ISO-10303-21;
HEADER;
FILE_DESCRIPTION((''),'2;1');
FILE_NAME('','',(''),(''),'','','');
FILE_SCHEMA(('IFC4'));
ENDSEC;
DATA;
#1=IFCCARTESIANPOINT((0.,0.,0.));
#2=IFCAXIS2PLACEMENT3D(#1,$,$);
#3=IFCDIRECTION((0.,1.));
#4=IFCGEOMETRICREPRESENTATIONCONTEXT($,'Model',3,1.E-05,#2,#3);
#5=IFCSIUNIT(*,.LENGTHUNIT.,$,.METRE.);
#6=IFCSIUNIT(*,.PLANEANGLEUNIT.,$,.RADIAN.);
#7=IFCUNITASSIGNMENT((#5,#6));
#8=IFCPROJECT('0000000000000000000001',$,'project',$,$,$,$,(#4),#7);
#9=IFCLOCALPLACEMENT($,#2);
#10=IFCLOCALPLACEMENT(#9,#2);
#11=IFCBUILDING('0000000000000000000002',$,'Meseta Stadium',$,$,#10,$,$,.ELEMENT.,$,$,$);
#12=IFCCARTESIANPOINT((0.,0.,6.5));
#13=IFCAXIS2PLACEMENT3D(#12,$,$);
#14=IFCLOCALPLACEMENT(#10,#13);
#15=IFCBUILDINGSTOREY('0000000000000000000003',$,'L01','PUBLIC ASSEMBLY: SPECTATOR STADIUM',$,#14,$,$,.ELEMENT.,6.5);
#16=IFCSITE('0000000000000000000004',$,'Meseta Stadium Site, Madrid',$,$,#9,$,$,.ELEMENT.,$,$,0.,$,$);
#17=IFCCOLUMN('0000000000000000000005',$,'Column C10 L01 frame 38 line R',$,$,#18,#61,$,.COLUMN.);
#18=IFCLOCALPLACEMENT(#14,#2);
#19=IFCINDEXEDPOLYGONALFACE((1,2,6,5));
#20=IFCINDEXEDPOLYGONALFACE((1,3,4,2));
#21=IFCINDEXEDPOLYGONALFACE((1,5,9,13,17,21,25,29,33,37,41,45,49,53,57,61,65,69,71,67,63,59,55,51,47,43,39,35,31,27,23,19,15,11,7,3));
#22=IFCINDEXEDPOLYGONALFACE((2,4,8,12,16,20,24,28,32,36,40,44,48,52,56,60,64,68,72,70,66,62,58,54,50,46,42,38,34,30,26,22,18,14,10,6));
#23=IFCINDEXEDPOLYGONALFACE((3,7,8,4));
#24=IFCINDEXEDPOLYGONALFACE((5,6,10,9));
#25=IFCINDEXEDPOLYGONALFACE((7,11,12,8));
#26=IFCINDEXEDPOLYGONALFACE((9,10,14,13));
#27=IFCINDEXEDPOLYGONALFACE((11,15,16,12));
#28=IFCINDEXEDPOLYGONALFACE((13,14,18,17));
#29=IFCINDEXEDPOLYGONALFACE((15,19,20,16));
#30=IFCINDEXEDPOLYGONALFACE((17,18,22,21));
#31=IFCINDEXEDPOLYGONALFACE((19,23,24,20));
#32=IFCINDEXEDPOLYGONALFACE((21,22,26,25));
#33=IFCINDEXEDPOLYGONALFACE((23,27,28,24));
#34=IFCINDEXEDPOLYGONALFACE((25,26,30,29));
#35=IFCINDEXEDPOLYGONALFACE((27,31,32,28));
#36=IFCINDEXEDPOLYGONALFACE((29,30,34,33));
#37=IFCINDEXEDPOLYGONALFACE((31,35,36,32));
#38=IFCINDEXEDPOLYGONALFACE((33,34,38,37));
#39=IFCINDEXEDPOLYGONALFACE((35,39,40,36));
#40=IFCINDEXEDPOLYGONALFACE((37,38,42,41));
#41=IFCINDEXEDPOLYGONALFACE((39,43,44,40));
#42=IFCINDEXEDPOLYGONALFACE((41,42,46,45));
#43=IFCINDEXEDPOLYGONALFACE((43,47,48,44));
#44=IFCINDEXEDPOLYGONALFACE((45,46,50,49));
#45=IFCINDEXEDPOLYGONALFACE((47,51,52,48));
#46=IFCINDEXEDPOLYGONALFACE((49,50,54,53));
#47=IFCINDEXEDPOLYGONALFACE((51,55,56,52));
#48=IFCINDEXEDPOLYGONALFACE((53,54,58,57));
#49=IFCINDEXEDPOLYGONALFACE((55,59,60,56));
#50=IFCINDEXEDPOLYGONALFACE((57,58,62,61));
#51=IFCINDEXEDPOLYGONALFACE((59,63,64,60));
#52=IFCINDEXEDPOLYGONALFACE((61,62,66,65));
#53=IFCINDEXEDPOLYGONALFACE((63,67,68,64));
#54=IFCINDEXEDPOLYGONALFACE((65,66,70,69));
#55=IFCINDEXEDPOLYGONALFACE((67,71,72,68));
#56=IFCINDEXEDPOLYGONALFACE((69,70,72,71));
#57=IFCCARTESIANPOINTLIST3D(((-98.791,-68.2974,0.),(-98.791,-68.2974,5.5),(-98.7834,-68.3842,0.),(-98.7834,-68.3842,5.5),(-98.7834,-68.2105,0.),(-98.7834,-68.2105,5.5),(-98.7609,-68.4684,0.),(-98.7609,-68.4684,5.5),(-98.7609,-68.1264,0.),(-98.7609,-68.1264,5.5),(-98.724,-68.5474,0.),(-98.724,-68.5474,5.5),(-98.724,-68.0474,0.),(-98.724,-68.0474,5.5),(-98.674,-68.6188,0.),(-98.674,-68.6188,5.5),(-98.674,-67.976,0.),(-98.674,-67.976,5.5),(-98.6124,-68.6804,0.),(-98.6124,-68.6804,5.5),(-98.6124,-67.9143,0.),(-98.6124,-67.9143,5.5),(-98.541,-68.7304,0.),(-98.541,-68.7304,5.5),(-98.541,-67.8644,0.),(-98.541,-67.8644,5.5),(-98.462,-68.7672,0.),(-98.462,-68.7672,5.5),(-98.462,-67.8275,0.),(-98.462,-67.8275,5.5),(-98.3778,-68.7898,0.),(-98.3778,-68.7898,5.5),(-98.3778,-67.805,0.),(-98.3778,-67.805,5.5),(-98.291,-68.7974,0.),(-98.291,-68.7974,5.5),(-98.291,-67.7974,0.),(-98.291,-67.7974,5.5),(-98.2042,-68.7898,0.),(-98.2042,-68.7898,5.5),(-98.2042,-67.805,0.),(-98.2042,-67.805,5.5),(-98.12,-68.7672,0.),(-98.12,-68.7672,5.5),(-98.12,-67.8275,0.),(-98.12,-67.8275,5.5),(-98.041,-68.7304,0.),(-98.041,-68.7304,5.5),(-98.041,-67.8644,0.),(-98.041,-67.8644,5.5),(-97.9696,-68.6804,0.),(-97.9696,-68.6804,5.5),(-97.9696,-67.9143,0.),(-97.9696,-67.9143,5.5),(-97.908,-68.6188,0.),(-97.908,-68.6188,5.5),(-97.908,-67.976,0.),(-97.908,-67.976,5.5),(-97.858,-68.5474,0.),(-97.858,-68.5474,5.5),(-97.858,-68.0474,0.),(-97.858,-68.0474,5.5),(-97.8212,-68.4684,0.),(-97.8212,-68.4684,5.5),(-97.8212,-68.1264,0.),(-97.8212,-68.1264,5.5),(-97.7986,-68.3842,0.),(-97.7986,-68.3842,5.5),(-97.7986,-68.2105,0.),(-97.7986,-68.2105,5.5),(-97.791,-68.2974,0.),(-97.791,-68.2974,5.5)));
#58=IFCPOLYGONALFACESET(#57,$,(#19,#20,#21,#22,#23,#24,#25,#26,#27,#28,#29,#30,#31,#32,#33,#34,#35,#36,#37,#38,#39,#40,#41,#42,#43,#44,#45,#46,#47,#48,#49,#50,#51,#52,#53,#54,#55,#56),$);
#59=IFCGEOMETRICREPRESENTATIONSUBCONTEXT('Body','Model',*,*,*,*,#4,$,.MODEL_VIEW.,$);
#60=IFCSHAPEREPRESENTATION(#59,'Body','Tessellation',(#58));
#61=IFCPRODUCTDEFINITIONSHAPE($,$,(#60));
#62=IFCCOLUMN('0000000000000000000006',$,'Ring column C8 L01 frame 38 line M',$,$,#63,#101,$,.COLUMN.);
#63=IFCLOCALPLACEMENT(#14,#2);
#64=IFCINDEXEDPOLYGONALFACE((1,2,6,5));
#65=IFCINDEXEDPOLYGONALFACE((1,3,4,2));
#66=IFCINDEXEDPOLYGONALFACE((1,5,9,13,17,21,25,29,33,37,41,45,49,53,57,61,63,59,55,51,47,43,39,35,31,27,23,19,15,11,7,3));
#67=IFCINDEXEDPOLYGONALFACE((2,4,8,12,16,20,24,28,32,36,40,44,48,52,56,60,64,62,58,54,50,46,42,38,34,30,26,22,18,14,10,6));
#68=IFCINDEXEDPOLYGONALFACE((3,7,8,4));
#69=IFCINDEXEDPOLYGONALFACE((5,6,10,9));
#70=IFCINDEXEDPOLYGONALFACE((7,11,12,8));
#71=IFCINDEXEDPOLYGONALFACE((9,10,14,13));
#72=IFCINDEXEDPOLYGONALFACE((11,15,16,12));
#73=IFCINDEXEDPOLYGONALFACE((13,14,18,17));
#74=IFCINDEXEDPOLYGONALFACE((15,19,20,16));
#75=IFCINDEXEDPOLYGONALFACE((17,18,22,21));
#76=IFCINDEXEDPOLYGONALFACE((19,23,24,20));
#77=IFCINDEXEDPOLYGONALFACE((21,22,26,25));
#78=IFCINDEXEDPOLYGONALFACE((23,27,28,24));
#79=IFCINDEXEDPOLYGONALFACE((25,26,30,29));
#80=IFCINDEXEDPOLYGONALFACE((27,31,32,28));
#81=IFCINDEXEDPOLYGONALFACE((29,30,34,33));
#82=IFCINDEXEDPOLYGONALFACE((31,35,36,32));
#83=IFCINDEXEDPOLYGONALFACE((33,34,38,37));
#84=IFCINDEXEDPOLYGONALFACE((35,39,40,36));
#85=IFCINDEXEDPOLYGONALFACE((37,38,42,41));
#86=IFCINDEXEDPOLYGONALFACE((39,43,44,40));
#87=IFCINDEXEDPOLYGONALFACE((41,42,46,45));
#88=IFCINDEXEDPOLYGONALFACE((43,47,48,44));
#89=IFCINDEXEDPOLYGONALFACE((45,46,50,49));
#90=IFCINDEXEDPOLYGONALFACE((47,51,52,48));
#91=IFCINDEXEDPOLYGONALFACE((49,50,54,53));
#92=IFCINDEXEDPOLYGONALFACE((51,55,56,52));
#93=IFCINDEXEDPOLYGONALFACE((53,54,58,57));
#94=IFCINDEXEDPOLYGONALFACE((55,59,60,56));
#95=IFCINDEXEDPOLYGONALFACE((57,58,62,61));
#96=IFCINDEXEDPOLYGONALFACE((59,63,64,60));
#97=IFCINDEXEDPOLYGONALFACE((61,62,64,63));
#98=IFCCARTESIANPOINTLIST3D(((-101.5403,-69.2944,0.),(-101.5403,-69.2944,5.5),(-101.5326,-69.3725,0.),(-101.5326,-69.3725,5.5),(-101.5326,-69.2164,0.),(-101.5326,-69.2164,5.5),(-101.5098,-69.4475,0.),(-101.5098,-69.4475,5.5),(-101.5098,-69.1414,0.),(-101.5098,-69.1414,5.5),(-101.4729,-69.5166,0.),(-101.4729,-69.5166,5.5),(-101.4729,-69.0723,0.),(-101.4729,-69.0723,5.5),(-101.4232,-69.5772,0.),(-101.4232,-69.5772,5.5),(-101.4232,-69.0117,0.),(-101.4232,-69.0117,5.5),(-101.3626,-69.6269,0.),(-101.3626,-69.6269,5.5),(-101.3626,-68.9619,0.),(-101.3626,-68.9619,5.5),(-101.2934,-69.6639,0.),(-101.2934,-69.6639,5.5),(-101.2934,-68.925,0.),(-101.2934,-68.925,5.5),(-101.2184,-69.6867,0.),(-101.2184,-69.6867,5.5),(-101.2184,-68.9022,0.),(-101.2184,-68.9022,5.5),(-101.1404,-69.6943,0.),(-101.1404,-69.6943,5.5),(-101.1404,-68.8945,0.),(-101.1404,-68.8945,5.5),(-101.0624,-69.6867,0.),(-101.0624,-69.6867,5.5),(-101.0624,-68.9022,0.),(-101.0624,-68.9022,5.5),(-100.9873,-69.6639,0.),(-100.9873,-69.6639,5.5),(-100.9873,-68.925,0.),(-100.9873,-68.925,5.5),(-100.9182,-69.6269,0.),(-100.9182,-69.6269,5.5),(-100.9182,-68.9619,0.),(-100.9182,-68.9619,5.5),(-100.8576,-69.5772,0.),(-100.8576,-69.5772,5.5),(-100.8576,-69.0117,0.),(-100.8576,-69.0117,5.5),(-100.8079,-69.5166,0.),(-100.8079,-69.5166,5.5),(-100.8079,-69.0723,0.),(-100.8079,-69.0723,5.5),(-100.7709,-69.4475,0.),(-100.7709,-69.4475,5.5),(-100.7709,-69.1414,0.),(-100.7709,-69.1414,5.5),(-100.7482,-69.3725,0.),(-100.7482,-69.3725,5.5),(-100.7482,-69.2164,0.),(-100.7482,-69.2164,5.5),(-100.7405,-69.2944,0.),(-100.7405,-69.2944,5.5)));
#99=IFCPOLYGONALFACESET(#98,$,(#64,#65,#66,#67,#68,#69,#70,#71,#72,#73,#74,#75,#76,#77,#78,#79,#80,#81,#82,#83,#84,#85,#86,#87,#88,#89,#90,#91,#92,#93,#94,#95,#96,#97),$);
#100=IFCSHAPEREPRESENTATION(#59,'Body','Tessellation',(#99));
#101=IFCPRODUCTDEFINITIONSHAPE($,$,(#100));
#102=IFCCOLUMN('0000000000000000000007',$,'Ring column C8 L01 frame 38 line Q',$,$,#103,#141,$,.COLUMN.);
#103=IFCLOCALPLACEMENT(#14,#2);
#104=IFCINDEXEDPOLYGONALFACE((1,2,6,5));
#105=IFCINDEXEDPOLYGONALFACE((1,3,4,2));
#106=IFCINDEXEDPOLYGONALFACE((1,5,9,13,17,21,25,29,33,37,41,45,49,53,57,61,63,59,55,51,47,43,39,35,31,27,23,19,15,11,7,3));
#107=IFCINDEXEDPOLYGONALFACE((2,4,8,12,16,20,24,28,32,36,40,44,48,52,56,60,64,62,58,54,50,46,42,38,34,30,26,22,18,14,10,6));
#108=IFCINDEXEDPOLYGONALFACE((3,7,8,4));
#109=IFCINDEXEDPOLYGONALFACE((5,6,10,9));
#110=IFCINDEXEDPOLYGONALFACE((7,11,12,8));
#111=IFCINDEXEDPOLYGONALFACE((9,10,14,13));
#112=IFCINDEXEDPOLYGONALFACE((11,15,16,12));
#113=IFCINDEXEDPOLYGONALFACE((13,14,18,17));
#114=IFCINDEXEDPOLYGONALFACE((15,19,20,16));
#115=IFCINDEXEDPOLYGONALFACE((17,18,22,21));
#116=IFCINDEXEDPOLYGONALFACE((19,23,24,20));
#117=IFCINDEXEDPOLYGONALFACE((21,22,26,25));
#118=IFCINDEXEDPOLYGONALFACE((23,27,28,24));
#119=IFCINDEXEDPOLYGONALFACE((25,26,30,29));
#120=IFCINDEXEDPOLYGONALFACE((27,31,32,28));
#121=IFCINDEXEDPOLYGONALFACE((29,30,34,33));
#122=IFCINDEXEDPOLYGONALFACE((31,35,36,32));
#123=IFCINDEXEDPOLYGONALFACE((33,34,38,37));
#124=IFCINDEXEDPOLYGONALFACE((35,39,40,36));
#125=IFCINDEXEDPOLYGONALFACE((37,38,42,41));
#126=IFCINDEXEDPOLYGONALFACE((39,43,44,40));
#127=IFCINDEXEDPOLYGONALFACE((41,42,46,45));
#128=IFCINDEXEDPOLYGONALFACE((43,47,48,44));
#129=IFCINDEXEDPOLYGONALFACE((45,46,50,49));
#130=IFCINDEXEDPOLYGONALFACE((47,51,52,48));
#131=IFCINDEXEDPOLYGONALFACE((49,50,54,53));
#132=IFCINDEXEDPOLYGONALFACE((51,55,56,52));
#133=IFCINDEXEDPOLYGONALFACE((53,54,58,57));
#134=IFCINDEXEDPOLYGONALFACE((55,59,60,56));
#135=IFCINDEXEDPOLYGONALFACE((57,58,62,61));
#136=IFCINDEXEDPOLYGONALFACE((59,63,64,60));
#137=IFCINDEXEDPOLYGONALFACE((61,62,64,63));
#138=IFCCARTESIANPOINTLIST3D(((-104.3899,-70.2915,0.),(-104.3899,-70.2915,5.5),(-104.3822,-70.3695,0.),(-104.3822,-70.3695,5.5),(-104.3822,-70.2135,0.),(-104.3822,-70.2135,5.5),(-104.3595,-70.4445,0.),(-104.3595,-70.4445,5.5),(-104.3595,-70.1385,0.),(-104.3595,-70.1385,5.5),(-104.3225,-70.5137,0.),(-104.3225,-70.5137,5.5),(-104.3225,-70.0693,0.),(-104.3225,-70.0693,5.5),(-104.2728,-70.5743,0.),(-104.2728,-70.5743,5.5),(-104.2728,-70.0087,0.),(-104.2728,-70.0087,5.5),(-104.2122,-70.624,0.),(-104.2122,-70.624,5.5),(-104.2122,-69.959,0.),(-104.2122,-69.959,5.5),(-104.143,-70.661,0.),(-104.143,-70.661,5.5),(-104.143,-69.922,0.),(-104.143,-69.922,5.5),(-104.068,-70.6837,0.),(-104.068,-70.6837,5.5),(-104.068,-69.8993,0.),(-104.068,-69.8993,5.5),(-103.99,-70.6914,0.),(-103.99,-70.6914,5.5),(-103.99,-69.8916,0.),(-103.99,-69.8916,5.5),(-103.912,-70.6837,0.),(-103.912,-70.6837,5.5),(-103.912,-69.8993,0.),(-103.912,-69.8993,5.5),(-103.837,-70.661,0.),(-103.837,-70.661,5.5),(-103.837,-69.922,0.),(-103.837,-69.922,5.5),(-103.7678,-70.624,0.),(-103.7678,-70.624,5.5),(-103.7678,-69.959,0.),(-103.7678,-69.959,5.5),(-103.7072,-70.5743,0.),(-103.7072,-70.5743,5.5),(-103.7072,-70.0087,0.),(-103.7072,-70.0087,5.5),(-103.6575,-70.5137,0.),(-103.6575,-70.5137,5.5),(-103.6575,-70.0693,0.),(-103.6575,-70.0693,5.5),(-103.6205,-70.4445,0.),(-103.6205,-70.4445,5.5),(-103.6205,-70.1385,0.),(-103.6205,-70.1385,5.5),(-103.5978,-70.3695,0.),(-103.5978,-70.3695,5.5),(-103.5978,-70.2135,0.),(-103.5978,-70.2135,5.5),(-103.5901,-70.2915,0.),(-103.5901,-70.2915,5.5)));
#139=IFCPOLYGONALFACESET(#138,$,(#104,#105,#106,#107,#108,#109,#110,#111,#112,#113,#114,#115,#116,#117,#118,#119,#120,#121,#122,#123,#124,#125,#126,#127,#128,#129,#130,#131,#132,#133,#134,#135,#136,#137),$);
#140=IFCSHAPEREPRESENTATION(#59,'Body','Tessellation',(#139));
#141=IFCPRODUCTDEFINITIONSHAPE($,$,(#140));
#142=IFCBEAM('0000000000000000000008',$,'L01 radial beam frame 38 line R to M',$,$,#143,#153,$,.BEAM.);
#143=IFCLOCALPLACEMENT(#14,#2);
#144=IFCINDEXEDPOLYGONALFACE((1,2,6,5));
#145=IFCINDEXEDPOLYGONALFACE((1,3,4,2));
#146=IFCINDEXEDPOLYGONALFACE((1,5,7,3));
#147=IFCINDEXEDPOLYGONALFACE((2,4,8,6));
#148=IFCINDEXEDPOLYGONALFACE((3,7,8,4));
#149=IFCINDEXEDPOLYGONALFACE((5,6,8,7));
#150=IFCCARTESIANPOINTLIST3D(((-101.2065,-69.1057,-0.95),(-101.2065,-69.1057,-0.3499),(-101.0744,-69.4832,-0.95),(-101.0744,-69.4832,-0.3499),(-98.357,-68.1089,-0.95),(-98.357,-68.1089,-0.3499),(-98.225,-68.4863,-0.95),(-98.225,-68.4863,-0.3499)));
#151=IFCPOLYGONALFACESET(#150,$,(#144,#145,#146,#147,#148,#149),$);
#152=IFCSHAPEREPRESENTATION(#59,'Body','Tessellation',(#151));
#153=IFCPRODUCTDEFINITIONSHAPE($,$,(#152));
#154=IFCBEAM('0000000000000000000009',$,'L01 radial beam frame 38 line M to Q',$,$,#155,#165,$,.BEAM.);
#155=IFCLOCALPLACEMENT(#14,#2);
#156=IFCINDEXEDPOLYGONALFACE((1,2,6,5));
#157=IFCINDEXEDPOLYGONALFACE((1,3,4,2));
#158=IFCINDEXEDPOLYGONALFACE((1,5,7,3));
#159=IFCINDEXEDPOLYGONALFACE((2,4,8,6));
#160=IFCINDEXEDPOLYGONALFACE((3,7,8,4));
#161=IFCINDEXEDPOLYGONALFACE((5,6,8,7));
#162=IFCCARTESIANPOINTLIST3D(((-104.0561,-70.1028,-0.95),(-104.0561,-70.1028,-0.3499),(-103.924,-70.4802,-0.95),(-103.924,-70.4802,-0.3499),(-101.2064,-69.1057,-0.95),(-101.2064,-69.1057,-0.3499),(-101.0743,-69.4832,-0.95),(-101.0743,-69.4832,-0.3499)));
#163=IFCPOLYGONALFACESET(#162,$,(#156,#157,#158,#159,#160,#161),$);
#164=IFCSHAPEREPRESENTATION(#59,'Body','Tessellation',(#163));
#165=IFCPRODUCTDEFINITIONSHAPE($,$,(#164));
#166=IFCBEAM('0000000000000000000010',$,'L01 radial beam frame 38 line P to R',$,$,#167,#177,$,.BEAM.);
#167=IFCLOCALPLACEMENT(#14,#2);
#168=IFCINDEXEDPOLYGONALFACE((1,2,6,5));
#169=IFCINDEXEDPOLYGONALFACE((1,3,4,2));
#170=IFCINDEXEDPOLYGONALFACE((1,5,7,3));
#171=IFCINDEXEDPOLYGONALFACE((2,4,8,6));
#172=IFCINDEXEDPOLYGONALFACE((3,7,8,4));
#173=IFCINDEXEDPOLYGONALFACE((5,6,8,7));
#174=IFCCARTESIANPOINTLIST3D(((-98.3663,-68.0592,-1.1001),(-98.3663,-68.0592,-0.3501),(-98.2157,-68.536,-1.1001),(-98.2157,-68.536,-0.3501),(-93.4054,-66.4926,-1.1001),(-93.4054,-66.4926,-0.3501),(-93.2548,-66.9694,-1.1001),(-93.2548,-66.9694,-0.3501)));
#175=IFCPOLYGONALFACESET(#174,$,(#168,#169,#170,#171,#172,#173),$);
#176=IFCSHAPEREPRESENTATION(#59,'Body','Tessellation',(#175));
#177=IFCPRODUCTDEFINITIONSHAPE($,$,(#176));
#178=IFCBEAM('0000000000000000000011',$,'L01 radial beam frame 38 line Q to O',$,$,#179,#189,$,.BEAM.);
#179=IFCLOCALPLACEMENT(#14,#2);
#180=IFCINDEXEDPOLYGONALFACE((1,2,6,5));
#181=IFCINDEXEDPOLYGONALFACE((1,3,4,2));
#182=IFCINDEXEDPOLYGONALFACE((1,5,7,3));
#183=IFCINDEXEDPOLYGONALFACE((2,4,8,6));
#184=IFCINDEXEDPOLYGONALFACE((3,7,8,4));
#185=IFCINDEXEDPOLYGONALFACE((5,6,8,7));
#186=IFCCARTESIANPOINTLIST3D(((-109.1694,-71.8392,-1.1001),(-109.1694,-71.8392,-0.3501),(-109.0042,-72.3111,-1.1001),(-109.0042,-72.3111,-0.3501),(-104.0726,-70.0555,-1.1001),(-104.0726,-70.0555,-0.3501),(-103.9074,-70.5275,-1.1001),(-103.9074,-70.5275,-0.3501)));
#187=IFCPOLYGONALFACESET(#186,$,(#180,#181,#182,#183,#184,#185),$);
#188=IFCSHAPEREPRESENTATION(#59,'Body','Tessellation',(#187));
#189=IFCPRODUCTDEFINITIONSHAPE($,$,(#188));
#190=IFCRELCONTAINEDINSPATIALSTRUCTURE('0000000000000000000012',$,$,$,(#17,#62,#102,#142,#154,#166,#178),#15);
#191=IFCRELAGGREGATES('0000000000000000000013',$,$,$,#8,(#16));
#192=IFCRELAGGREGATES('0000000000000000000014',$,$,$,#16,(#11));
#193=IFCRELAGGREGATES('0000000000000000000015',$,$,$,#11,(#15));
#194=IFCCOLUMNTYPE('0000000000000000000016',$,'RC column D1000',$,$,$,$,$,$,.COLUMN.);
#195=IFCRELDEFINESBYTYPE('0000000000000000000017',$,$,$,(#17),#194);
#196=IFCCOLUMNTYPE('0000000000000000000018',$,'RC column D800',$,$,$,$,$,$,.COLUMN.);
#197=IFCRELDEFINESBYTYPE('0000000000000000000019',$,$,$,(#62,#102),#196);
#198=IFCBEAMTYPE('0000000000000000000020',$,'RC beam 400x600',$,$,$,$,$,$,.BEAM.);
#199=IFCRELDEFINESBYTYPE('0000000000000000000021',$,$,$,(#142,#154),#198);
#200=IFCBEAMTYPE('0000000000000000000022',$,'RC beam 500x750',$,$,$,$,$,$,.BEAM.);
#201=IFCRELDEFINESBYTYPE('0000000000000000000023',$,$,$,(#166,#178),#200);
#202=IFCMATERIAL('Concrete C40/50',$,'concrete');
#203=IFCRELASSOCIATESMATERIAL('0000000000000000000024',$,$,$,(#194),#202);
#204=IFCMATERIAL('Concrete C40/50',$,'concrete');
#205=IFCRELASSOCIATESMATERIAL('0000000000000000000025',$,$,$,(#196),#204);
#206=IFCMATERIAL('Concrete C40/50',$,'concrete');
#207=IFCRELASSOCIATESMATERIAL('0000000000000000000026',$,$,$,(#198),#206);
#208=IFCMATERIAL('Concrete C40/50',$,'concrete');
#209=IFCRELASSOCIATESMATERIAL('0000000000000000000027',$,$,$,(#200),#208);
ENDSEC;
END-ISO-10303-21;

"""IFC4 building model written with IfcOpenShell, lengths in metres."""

from ifc_helpers import new_model, si_unit, direction, frame, origin, origin_2d, place, context, subcontext, project, spatial, rectangle, circle, extrude, material, material_profile, profile_set, type_object, element, save


model = new_model("IFC4")

# Units and contexts
model_context = context("Model", 3, precision=1e-05, world=origin(), true_north=direction((0.0, 1.0)))
body_context = subcontext(model_context, "Body", "Model", "MODEL_VIEW")
ifc_project = project(units=[si_unit("LENGTHUNIT", "METRE"), si_unit("PLANEANGLEUNIT", "RADIAN")], contexts=[model_context])

# Site, building, storey
site_placement = place(None, origin())
site = spatial("IfcSite", under=ifc_project, at=site_placement, Name="Meseta Stadium Site, Madrid", CompositionType="ELEMENT", RefElevation=0.0)
building_placement = place(site_placement, origin())
building = spatial("IfcBuilding", under=site, at=building_placement, Name="Meseta Stadium", CompositionType="ELEMENT")
storey_placement = place(building_placement, frame((0.0, 0.0, 6.5)))
storey = spatial("IfcBuildingStorey", under=building, at=storey_placement, Name="L01", Description="PUBLIC ASSEMBLY: SPECTATOR STADIUM", CompositionType="ELEMENT", Elevation=6.5)

# Columns
ifc_material_1 = material(Name="Concrete C40/50", Category="concrete")
ifc_material_profile_1 = material_profile(ifc_material_1, circle(Radius=0.5, at=origin_2d()), Name="RC D1000")
ifc_profile_set_1 = profile_set([ifc_material_profile_1], Name="Concrete C40/50")
column_type_1 = type_object("IfcColumnType", Name="RC column D1000", PredefinedType="COLUMN", material=ifc_profile_set_1)
column_placement = place(storey_placement, frame((-98.291, -68.2974, 0.0), z_axis=(0.0, 0.0, 1.0), x_axis=(1.0, 0.0, 0.0)))
element("IfcColumn", 1, at=column_placement, inside=storey, type_object=column_type_1, Name="Column C10 L01 frame 38 line R", PredefinedType="COLUMN", context=body_context, shape_type="SweptSolid", body=[
    extrude(circle(Radius=0.5, at=origin_2d()), origin(), (0.0, 0.0, 1.0), 5.5),
])
ifc_material_2 = material(Name="Concrete C40/50", Category="concrete")
ifc_material_profile_2 = material_profile(ifc_material_2, circle(Radius=0.3999, at=origin_2d()), Name="RC D800")
ifc_profile_set_2 = profile_set([ifc_material_profile_2], Name="Concrete C40/50")
column_type_2 = type_object("IfcColumnType", Name="RC column D800", PredefinedType="COLUMN", material=ifc_profile_set_2)
for number, where, z_axis, x_axis, name in (
    (2, (-101.1404, -69.2944, 0.0), (0.0, 0.0, 1.0), (1.0, 0.0, 0.0), "Ring column C8 L01 frame 38 line M"),
    (3, (-103.99, -70.2915, 0.0), (0.0, 0.0, 1.0), (1.0, 0.0, 0.0), "Ring column C8 L01 frame 38 line Q"),
):
    element("IfcColumn", number, at=place(storey_placement, frame(where, z_axis=z_axis, x_axis=x_axis)), inside=storey, type_object=column_type_2, Name=name, PredefinedType="COLUMN", context=body_context, shape_type="SweptSolid", body=[
        extrude(circle(Radius=0.3999, at=origin_2d()), origin(), (0.0, 0.0, 1.0), 5.5),
    ])

# Beams
ifc_material_3 = material(Name="Concrete C40/50", Category="concrete")
ifc_material_profile_3 = material_profile(ifc_material_3, rectangle(XDim=0.3999, YDim=0.6001, at=origin_2d()), Name="RC 400x600")
ifc_profile_set_3 = profile_set([ifc_material_profile_3], Name="Concrete C40/50")
beam_type_1 = type_object("IfcBeamType", Name="RC beam 400x600", PredefinedType="BEAM", material=ifc_profile_set_3)
beam_1_placement = place(storey_placement, frame((-98.291, -68.2976, -0.6499), z_axis=(-0.943905, -0.330217, 0.0), x_axis=(0.330217, -0.943905, 0.0)))
element("IfcBeam", 4, at=beam_1_placement, inside=storey, type_object=beam_type_1, Name="L01 radial beam frame 38 line R to M", PredefinedType="BEAM", context=body_context, shape_type="SweptSolid", body=[
    extrude(rectangle(XDim=0.3999, YDim=0.6001, at=origin_2d()), origin(), (0.0, 0.0, 1.0), 3.0188),
])
beam_2_placement = place(storey_placement, frame((-101.1404, -69.2944, -0.6499), z_axis=(-0.943889, -0.330264, 0.0), x_axis=(0.330264, -0.943889, 0.0)))
element("IfcBeam", 5, at=beam_2_placement, inside=storey, type_object=beam_type_1, Name="L01 radial beam frame 38 line M to Q", PredefinedType="BEAM", context=body_context, shape_type="SweptSolid", body=[
    extrude(rectangle(XDim=0.3999, YDim=0.6001, at=origin_2d()), origin(), (0.0, 0.0, 1.0), 3.019),
])
ifc_material_4 = material(Name="Concrete C40/50", Category="concrete")
ifc_material_profile_4 = material_profile(ifc_material_4, rectangle(XDim=0.5, YDim=0.75, at=origin_2d()), Name="RC 500x750")
ifc_profile_set_4 = profile_set([ifc_material_profile_4], Name="Concrete C40/50")
beam_type_2 = type_object("IfcBeamType", Name="RC beam 500x750", PredefinedType="BEAM", material=ifc_profile_set_4)
beam_3_placement = place(storey_placement, frame((-93.3301, -66.731, -0.7251), z_axis=(-0.953581, -0.301138, 0.0), x_axis=(0.301138, -0.953581, 0.0)))
element("IfcBeam", 6, at=beam_3_placement, inside=storey, type_object=beam_type_2, Name="L01 radial beam frame 38 line P to R", PredefinedType="BEAM", context=body_context, shape_type="SweptSolid", body=[
    extrude(rectangle(XDim=0.5, YDim=0.75, at=origin_2d()), origin(), (0.0, 0.0, 1.0), 5.2024),
])
beam_4_placement = place(storey_placement, frame((-103.99, -70.2915, -0.7251), z_axis=(-0.943872, -0.330312, 0.0), x_axis=(0.330312, -0.943872, 0.0)))
element("IfcBeam", 7, at=beam_4_placement, inside=storey, type_object=beam_type_2, Name="L01 radial beam frame 38 line Q to O", PredefinedType="BEAM", context=body_context, shape_type="SweptSolid", body=[
    extrude(rectangle(XDim=0.5, YDim=0.75, at=origin_2d()), origin(), (0.0, 0.0, 1.0), 5.3999),
])

save(model, "model.ifc")
